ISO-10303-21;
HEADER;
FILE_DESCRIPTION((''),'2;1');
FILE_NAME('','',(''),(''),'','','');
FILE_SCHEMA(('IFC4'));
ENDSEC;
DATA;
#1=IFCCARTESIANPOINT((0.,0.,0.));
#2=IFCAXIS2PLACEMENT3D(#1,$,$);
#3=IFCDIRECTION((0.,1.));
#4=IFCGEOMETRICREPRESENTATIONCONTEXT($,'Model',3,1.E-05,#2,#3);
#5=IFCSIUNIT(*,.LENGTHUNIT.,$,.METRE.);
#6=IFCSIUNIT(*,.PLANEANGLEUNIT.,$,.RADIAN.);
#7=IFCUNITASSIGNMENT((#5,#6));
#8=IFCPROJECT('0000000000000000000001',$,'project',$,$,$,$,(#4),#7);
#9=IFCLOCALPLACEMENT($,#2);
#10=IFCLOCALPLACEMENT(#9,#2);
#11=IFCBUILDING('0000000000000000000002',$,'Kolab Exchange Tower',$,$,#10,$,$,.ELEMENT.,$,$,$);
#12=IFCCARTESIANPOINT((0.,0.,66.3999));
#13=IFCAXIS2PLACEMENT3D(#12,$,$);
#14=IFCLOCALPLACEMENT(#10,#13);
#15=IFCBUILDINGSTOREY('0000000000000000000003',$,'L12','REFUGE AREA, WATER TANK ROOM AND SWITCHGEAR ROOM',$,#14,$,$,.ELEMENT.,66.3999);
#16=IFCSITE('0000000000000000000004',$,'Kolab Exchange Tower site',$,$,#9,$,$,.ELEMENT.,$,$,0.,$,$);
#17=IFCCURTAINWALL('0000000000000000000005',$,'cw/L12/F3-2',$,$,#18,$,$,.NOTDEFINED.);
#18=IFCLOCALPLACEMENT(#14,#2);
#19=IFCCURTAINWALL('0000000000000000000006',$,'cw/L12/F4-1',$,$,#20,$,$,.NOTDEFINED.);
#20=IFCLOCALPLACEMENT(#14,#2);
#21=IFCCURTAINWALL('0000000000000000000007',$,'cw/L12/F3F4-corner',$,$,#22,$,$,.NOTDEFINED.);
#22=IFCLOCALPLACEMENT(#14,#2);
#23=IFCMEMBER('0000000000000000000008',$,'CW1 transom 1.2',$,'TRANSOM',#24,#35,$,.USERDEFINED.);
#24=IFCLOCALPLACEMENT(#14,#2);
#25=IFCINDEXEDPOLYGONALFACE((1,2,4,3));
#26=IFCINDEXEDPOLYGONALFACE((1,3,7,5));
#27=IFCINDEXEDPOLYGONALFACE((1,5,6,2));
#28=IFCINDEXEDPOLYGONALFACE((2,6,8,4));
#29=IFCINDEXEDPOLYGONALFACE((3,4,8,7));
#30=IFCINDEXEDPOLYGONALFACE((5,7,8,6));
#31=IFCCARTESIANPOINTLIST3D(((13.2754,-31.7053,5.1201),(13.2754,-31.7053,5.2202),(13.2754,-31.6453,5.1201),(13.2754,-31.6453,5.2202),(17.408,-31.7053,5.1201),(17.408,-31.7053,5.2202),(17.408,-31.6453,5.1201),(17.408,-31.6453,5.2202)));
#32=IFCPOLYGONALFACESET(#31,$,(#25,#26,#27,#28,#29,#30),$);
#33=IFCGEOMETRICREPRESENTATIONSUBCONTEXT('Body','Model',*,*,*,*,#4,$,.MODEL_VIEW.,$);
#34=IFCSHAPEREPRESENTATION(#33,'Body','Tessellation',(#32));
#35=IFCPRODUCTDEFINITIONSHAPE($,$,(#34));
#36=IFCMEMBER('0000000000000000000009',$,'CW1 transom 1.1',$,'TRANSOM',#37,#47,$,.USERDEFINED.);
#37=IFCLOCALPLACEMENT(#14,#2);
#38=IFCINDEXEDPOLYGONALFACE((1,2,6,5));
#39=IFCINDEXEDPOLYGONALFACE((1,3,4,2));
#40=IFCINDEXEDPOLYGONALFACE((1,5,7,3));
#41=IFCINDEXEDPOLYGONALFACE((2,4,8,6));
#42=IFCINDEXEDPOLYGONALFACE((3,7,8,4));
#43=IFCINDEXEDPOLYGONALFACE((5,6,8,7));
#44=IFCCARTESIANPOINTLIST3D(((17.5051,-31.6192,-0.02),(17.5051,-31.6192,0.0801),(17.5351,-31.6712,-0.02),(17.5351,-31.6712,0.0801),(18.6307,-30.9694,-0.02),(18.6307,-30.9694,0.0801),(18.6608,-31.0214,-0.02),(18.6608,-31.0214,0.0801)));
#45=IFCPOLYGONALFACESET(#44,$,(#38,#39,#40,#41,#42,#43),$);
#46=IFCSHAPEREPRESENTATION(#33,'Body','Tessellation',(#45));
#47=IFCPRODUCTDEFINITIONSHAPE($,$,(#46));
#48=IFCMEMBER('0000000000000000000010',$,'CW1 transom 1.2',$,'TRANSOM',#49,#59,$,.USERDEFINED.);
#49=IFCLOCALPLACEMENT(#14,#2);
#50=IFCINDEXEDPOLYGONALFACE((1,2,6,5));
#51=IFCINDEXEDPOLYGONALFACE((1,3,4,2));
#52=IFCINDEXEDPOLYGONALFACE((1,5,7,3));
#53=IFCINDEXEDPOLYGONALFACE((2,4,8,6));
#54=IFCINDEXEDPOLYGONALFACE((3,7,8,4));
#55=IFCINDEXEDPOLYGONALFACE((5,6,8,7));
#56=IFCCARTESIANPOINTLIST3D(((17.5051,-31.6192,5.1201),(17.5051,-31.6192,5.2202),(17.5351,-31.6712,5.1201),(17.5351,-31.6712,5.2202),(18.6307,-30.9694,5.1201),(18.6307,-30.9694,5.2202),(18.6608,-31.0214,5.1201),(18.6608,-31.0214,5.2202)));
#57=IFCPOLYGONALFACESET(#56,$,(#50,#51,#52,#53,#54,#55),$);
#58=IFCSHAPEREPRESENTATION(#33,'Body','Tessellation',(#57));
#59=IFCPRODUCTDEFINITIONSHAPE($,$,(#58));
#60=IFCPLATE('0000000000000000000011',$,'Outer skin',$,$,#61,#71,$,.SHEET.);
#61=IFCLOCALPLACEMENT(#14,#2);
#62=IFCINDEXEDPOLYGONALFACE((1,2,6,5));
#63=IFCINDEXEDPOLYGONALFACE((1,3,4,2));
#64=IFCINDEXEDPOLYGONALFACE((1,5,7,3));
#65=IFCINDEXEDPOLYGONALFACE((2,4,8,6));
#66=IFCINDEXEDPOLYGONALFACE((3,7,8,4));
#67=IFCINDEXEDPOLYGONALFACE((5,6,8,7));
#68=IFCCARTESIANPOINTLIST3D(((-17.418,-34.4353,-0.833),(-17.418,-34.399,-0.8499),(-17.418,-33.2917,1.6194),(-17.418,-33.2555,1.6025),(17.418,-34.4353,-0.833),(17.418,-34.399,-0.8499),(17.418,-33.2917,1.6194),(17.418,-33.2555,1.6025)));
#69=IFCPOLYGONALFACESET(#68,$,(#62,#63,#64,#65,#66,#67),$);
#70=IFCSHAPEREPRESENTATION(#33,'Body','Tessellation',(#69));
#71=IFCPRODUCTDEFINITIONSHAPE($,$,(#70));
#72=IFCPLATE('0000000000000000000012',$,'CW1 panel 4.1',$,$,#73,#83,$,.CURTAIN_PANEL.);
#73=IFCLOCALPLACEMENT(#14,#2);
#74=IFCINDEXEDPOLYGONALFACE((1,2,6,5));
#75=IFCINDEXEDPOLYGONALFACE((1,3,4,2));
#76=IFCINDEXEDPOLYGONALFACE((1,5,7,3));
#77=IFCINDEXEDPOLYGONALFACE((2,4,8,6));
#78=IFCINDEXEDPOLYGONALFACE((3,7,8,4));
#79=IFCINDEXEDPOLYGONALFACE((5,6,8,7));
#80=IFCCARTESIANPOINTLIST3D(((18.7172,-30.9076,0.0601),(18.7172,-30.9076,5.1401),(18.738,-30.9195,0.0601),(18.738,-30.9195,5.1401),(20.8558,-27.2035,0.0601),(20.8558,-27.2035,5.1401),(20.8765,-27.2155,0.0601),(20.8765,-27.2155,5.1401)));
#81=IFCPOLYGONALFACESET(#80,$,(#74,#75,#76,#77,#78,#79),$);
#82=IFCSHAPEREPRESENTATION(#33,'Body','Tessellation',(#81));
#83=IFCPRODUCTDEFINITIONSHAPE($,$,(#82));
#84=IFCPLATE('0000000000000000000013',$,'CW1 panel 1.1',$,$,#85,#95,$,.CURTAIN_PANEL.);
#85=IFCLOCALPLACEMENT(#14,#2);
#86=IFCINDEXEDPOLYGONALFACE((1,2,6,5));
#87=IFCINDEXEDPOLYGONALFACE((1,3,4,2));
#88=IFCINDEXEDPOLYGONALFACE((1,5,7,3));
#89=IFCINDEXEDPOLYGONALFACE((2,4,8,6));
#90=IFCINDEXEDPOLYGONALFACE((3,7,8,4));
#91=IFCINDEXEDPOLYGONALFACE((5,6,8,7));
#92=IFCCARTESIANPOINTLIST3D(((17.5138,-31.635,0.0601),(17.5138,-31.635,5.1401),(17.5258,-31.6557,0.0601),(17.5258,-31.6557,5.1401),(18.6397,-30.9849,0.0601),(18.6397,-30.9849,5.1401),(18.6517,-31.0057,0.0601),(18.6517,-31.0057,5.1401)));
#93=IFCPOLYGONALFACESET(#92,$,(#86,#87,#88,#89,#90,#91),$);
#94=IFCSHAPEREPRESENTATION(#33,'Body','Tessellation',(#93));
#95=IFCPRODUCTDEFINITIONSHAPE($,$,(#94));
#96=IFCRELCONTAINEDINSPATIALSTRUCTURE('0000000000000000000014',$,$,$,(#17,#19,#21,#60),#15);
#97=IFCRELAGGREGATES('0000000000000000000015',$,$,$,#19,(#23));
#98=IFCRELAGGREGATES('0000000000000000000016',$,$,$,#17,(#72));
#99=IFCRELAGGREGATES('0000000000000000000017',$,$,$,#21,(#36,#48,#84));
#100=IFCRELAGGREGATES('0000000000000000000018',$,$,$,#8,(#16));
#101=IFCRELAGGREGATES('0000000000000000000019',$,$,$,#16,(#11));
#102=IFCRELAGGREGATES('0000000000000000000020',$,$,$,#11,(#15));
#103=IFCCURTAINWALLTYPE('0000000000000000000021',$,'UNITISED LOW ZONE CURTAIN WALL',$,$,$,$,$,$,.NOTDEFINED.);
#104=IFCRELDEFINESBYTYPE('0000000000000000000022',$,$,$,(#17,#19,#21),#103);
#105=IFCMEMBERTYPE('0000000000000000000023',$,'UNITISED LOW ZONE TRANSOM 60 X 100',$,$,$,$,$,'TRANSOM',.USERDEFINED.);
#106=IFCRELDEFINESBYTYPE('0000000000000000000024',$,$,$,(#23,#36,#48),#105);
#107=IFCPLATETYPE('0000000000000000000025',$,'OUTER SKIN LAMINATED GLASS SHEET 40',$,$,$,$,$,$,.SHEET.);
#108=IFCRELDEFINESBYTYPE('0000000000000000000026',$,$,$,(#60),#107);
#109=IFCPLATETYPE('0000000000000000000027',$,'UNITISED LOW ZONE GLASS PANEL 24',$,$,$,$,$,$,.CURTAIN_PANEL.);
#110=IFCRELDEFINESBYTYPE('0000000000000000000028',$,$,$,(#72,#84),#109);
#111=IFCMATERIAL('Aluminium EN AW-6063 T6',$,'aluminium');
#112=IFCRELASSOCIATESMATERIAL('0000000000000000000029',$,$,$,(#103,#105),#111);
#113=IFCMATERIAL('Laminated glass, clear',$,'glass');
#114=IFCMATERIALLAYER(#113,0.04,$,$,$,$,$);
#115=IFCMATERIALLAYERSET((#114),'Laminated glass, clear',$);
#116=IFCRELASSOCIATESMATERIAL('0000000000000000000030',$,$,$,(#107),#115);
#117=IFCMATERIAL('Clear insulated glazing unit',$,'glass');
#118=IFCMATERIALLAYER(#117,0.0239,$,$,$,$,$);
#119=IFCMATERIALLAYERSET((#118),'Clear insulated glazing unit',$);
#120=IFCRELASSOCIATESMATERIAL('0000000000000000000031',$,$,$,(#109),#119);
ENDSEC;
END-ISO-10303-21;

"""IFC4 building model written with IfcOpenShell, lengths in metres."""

from ifc_helpers import new_model, si_unit, direction, frame, origin, origin_2d, place, context, subcontext, project, spatial, polyline, rectangle, outline, extrude, material, layer, layer_set, material_profile, profile_set, type_object, element, aggregate, save


model = new_model("IFC4")

# Units and contexts
model_context = context("Model", 3, precision=1e-05, world=origin(), true_north=direction((0.0, 1.0)))
body_context = subcontext(model_context, "Body", "Model", "MODEL_VIEW")
ifc_project = project(units=[si_unit("LENGTHUNIT", "METRE"), si_unit("PLANEANGLEUNIT", "RADIAN")], contexts=[model_context])

# Site, building, storey
site_placement = place(None, origin())
site = spatial("IfcSite", under=ifc_project, at=site_placement, Name="Kolab Exchange Tower site", CompositionType="ELEMENT", RefElevation=0.0)
building_placement = place(site_placement, origin())
building = spatial("IfcBuilding", under=site, at=building_placement, Name="Kolab Exchange Tower", CompositionType="ELEMENT")
storey_placement = place(building_placement, frame((0.0, 0.0, 66.3999)))
storey = spatial("IfcBuildingStorey", under=building, at=storey_placement, Name="L12", Description="REFUGE AREA, WATER TANK ROOM AND SWITCHGEAR ROOM", CompositionType="ELEMENT", Elevation=66.3999)

# Curtain wall
ifc_material_1 = material(Name="Aluminium EN AW-6063 T6", Category="aluminium")
curtain_wall_type = type_object("IfcCurtainWallType", Name="UNITISED LOW ZONE CURTAIN WALL", PredefinedType="NOTDEFINED", material=ifc_material_1)
curtain_wall_1_placement = place(storey_placement, origin())
curtain_wall_1 = element("IfcCurtainWall", 1, at=curtain_wall_1_placement, inside=storey, type_object=curtain_wall_type, Name="cw/L12/F3-2", PredefinedType="NOTDEFINED")

# Curtain wall
curtain_wall_2_placement = place(storey_placement, origin())
curtain_wall_2 = element("IfcCurtainWall", 2, at=curtain_wall_2_placement, inside=storey, type_object=curtain_wall_type, Name="cw/L12/F4-1", PredefinedType="NOTDEFINED")

# Curtain wall
curtain_wall_3_placement = place(storey_placement, origin())
curtain_wall_3 = element("IfcCurtainWall", 3, at=curtain_wall_3_placement, inside=storey, type_object=curtain_wall_type, Name="cw/L12/F3F4-corner", PredefinedType="NOTDEFINED")

# Members
ifc_material_profile_1 = material_profile(ifc_material_1, rectangle(XDim=0.0601, YDim=0.1001, at=origin_2d()), Name="RECT 60X100")
ifc_profile_set_1 = profile_set([ifc_material_profile_1], Name="Aluminium EN AW-6063 T6")
member_type_1 = type_object("IfcMemberType", Name="UNITISED LOW ZONE TRANSOM 60 X 100", ElementType="TRANSOM", PredefinedType="USERDEFINED", material=ifc_profile_set_1)
member_1_placement = place(storey_placement, frame((17.408, -31.6753, 5.1702), z_axis=(-1.0, 0.0, 0.0), x_axis=(0.0, -1.0, 0.0)))
member_1 = element("IfcMember", 4, at=member_1_placement, type_object=member_type_1, Name="CW1 transom 1.2", ObjectType="TRANSOM", PredefinedType="USERDEFINED", context=body_context, shape_type="SweptSolid", body=[
    extrude(rectangle(XDim=0.0601, YDim=0.1001, at=origin_2d()), origin(), (0.0, 0.0, 1.0), 4.1326),
])
aggregate(curtain_wall_2, [member_1])
member_2_placement = place(storey_placement, frame((18.6458, -30.9954, 0.03), z_axis=(-0.866039, -0.499977, 0.0), x_axis=(0.499977, -0.866039, 0.0)))
member_2 = element("IfcMember", 5, at=member_2_placement, type_object=member_type_1, Name="CW1 transom 1.1", ObjectType="TRANSOM", PredefinedType="USERDEFINED", context=body_context, shape_type="SweptSolid", body=[
    extrude(rectangle(XDim=0.0601, YDim=0.1001, at=origin_2d()), origin(), (0.0, 0.0, 1.0), 1.2998),
])
member_3_placement = place(storey_placement, frame((18.6458, -30.9954, 5.1702), z_axis=(-0.866039, -0.499977, 0.0), x_axis=(0.499977, -0.866039, 0.0)))
member_3 = element("IfcMember", 6, at=member_3_placement, type_object=member_type_1, Name="CW1 transom 1.2", ObjectType="TRANSOM", PredefinedType="USERDEFINED", context=body_context, shape_type="SweptSolid", body=[
    extrude(rectangle(XDim=0.0601, YDim=0.1001, at=origin_2d()), origin(), (0.0, 0.0, 1.0), 1.2998),
])

# Plates
ifc_material_2 = material(Name="Laminated glass, clear", Category="glass")
ifc_layer_1 = layer(ifc_material_2, 0.04)
ifc_layer_set_1 = layer_set([ifc_layer_1], Name="Laminated glass, clear")
plate_type_1 = type_object("IfcPlateType", Name="OUTER SKIN LAMINATED GLASS SHEET 40", PredefinedType="SHEET", material=ifc_layer_set_1)
plate_1_placement = place(storey_placement, frame((17.418, -34.4353, -0.833), z_axis=(0.0, -0.90631, 0.422614), x_axis=(-1.0, 0.0, 0.0)))
element("IfcPlate", 7, at=plate_1_placement, inside=storey, type_object=plate_type_1, Name="Outer skin", PredefinedType="SHEET", context=body_context, shape_type="SweptSolid", body=[
    extrude(outline(polyline([(0.0, 0.0), (34.8359, 0.0), (34.8359, -2.7059), (0.0, -2.7059), (0.0, 0.0)])), origin(), (0.0, 0.0, -1.0), 0.04),
])
ifc_material_3 = material(Name="Clear insulated glazing unit", Category="glass")
ifc_layer_2 = layer(ifc_material_3, 0.0239)
ifc_layer_set_2 = layer_set([ifc_layer_2], Name="Clear insulated glazing unit")
plate_type_2 = type_object("IfcPlateType", Name="UNITISED LOW ZONE GLASS PANEL 24", PredefinedType="CURTAIN_PANEL", material=ifc_layer_set_2)
plate_2_placement = place(storey_placement, frame((19.7969, -29.0615, 0.0601), z_axis=(0.0, 0.0, 1.0), x_axis=(-0.5, -0.866025, 0.0)))
plate_2 = element("IfcPlate", 8, at=plate_2_placement, type_object=plate_type_2, Name="CW1 panel 4.1", PredefinedType="CURTAIN_PANEL", context=body_context, shape_type="SweptSolid", body=[
    extrude(rectangle(XDim=4.2771, YDim=0.0239, at=origin_2d()), origin(), (0.0, 0.0, 1.0), 5.0801),
])
aggregate(curtain_wall_1, [plate_2])
plate_3_placement = place(storey_placement, frame((18.0828, -31.3203, 0.0601), z_axis=(0.0, 0.0, 1.0), x_axis=(-0.866025, -0.5, 0.0)))
plate_3 = element("IfcPlate", 9, at=plate_3_placement, type_object=plate_type_2, Name="CW1 panel 1.1", PredefinedType="CURTAIN_PANEL", context=body_context, shape_type="SweptSolid", body=[
    extrude(rectangle(XDim=1.3, YDim=0.0239, at=origin_2d()), origin(), (0.0, 0.0, 1.0), 5.0801),
])
aggregate(curtain_wall_3, [member_2, member_3, plate_3])

save(model, "model.ifc")
